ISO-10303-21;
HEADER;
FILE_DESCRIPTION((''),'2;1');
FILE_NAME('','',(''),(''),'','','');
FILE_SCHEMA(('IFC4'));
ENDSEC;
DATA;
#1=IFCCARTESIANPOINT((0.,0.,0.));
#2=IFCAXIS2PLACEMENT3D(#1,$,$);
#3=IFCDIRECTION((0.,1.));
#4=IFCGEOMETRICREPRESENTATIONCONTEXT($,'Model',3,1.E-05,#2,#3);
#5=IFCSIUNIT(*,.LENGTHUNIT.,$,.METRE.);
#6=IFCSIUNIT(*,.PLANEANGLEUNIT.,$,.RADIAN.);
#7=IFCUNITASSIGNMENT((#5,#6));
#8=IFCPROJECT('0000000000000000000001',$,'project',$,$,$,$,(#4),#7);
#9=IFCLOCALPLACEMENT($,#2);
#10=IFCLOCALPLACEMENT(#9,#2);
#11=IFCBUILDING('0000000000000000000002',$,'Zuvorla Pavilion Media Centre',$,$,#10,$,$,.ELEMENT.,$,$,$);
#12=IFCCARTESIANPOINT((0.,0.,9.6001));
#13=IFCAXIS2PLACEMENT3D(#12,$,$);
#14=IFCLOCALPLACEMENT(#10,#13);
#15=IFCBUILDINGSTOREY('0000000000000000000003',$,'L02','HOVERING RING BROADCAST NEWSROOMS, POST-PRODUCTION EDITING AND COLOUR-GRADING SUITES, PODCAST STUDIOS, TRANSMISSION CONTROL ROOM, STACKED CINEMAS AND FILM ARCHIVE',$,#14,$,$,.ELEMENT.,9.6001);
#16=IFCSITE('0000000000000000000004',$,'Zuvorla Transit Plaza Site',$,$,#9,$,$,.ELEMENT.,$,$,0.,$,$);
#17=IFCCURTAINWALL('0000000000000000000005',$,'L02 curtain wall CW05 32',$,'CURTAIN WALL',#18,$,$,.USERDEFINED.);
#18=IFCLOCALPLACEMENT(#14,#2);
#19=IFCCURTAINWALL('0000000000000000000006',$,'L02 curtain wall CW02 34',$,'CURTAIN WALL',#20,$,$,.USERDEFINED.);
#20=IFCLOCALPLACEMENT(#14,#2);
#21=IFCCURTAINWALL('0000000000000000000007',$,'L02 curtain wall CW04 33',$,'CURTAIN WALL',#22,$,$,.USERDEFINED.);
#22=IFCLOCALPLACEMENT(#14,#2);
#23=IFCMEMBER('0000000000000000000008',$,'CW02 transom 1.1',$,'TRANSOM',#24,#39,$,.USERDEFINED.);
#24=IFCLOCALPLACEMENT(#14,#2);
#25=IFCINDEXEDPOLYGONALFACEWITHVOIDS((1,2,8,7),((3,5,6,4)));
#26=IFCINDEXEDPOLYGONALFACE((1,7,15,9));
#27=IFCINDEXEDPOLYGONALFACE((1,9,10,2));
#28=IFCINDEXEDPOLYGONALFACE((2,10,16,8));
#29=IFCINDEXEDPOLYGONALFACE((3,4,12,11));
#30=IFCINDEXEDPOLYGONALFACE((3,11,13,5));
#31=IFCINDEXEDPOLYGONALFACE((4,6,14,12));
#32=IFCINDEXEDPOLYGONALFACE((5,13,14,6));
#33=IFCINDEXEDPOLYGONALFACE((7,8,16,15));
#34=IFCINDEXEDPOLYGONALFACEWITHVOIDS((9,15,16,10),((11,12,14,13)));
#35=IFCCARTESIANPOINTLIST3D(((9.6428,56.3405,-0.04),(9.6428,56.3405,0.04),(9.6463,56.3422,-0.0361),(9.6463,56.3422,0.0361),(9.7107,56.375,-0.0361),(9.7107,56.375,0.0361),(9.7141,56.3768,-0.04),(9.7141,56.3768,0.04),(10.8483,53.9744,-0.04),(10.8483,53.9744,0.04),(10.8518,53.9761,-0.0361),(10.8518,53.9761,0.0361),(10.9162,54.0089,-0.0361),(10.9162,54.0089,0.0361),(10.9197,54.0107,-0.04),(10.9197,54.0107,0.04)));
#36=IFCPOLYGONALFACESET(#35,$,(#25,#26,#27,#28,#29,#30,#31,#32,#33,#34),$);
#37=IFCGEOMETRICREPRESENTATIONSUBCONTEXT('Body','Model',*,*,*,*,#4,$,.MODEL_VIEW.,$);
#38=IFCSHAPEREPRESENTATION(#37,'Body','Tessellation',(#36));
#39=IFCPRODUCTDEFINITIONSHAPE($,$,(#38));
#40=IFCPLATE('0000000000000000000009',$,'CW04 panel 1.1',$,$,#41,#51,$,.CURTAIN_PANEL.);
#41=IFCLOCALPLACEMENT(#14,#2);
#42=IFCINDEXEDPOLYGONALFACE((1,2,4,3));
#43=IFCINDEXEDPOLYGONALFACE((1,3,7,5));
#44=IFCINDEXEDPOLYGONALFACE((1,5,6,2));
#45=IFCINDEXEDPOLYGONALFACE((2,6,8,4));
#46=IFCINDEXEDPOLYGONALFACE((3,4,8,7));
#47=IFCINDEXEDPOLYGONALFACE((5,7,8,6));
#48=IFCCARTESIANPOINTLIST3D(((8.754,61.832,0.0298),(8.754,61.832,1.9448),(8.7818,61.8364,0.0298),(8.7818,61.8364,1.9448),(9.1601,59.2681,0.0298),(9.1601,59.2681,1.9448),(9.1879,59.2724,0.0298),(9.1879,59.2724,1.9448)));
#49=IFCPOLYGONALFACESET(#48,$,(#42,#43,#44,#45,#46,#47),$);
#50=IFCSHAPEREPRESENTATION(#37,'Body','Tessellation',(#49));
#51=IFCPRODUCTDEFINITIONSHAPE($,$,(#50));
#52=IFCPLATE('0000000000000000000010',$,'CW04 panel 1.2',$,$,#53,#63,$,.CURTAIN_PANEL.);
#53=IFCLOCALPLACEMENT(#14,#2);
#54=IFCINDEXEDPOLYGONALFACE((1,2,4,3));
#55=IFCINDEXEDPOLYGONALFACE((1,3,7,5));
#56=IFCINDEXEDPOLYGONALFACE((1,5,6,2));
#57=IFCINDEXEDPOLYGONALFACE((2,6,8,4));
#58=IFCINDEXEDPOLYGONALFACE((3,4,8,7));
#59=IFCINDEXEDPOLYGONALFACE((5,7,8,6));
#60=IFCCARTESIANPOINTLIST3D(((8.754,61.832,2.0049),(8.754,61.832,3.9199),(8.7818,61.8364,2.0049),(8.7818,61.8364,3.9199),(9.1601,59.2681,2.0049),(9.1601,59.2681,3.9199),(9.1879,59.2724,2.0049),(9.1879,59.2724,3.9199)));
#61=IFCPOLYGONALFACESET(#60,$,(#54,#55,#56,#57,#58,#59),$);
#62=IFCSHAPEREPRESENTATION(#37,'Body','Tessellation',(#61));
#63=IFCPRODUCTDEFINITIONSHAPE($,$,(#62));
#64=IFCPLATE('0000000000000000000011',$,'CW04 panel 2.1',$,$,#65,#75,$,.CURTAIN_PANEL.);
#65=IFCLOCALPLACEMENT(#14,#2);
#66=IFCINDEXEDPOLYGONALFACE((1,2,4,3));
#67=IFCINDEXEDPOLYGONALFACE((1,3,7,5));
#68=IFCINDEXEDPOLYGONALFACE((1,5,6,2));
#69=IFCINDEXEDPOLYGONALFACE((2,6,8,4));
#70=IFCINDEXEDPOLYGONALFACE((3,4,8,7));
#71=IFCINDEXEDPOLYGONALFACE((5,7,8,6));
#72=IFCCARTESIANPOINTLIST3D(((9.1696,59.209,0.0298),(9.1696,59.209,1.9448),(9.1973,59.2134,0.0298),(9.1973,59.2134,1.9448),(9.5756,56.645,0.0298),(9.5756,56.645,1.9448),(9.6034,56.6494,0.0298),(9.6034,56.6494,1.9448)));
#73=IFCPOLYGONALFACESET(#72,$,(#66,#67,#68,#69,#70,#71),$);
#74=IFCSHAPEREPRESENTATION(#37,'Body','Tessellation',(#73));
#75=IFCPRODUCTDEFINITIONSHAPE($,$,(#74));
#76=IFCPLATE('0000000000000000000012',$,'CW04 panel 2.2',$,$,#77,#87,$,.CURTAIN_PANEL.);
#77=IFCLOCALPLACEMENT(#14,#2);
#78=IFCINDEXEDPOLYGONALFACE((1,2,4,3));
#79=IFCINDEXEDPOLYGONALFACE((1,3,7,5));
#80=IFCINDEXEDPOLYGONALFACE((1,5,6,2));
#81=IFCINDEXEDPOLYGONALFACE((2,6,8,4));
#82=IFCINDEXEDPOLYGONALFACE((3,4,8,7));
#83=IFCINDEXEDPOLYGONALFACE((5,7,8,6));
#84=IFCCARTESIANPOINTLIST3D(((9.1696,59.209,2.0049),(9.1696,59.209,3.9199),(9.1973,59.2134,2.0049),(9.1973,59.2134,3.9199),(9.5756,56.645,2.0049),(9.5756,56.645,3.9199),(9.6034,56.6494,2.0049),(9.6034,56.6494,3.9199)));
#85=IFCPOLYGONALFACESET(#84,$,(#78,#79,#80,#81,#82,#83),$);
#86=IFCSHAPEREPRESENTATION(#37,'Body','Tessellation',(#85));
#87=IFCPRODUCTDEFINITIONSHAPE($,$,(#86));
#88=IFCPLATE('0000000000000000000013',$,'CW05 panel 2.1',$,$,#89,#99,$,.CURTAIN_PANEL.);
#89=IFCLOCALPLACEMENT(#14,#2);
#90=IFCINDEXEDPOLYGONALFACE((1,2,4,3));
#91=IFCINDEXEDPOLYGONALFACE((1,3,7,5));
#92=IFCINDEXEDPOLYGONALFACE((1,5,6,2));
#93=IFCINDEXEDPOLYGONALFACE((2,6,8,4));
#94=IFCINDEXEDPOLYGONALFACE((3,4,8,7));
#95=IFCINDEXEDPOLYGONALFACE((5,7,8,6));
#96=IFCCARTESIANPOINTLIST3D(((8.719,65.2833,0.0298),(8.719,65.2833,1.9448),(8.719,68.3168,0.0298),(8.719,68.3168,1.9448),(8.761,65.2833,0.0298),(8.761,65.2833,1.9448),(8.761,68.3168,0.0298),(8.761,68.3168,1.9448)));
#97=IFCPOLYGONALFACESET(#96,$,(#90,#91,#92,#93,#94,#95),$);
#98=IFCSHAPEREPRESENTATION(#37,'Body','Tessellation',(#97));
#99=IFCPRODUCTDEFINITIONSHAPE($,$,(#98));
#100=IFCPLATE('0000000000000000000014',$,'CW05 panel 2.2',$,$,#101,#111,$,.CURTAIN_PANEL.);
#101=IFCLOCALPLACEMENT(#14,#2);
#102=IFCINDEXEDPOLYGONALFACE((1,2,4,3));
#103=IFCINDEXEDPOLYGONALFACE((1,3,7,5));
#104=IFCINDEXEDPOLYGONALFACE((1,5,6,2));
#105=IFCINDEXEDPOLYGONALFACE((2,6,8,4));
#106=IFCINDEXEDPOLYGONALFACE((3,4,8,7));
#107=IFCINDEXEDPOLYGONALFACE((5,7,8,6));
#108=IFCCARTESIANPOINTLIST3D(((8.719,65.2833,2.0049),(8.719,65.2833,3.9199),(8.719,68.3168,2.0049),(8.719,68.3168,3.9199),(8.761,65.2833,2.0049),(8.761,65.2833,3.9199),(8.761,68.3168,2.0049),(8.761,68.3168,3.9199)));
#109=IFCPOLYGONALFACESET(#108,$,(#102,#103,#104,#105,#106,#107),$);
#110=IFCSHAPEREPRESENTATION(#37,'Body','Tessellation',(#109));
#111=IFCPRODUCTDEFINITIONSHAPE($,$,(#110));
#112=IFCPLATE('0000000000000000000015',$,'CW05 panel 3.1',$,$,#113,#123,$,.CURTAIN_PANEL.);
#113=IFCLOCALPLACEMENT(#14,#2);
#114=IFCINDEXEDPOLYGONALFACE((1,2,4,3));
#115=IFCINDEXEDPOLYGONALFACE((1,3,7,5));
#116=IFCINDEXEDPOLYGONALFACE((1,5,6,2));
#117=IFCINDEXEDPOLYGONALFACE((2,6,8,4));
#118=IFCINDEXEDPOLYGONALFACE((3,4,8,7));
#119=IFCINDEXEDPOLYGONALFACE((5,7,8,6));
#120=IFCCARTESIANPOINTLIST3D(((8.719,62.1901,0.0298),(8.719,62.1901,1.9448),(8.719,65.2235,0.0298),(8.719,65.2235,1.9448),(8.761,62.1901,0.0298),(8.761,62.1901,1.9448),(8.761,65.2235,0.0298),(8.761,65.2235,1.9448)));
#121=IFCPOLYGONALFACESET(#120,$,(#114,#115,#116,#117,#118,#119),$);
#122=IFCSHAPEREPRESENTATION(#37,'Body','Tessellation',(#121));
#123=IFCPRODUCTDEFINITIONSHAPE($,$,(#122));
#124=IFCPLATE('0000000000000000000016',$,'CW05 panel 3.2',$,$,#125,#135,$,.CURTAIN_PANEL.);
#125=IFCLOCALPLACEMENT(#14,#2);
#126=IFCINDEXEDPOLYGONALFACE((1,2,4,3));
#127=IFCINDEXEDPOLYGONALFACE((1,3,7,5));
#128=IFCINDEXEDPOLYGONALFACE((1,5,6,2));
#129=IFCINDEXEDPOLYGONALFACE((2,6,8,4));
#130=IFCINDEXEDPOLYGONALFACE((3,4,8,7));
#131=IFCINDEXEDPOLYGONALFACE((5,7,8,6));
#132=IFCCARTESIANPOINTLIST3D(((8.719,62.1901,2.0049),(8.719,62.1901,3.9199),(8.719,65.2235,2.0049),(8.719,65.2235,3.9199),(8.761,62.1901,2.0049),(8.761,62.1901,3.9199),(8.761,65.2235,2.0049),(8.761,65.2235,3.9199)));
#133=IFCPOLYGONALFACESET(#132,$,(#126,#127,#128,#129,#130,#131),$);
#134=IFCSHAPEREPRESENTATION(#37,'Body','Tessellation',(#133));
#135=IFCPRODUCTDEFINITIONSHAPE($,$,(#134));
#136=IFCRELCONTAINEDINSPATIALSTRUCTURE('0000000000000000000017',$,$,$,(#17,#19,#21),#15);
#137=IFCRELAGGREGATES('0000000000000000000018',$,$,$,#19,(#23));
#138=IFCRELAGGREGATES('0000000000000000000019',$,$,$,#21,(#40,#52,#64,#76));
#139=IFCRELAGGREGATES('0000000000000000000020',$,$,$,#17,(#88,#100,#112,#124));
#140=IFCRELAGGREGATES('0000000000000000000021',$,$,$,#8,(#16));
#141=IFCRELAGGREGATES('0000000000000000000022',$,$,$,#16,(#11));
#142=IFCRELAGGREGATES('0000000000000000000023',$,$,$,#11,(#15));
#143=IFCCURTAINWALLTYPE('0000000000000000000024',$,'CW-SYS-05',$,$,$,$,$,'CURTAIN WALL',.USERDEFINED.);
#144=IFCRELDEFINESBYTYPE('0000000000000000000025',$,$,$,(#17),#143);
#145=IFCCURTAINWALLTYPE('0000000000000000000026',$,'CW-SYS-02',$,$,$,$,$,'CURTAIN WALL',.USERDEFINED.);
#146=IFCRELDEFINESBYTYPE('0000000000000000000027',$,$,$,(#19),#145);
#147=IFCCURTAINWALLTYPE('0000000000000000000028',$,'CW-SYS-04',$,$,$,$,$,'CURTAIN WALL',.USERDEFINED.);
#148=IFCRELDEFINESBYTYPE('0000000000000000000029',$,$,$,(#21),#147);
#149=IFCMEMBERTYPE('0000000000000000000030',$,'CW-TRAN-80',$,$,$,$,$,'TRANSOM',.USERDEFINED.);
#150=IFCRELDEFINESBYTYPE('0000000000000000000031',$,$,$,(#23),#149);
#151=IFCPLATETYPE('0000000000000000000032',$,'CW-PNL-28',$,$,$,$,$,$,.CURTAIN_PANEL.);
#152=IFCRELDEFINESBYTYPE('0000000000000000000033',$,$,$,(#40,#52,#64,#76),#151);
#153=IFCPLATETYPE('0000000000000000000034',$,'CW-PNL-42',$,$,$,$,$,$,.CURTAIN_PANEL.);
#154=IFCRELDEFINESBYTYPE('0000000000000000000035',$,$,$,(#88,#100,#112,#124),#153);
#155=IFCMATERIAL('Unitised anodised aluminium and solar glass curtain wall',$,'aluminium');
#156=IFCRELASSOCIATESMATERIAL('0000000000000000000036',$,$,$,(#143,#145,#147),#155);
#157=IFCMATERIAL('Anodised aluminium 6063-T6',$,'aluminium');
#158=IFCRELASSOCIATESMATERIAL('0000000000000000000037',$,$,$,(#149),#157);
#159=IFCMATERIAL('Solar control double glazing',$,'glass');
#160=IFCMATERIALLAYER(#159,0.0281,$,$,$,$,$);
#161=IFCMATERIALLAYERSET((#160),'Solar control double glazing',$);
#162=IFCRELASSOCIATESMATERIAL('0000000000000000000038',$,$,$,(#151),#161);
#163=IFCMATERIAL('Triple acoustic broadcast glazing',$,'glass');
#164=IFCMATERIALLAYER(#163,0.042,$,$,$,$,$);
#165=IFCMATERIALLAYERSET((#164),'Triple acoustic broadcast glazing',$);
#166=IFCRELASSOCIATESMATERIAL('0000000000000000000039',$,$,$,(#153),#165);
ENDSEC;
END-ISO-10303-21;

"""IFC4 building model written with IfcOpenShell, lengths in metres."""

from ifc_helpers import new_model, si_unit, direction, frame, origin, origin_2d, place, context, subcontext, project, spatial, rectangle, hollow_rectangle, extrude, material, layer, layer_set, material_profile, profile_set, type_object, element, aggregate, save


model = new_model("IFC4")

# Units and contexts
model_context = context("Model", 3, precision=1e-05, world=origin(), true_north=direction((0.0, 1.0)))
body_context = subcontext(model_context, "Body", "Model", "MODEL_VIEW")
ifc_project = project(units=[si_unit("LENGTHUNIT", "METRE"), si_unit("PLANEANGLEUNIT", "RADIAN")], contexts=[model_context])

# Site, building, storey
site_placement = place(None, origin())
site = spatial("IfcSite", under=ifc_project, at=site_placement, Name="Zuvorla Transit Plaza Site", CompositionType="ELEMENT", RefElevation=0.0)
building_placement = place(site_placement, origin())
building = spatial("IfcBuilding", under=site, at=building_placement, Name="Zuvorla Pavilion Media Centre", CompositionType="ELEMENT")
storey_placement = place(building_placement, frame((0.0, 0.0, 9.6001)))
storey = spatial("IfcBuildingStorey", under=building, at=storey_placement, Name="L02", Description="HOVERING RING BROADCAST NEWSROOMS, POST-PRODUCTION EDITING AND COLOUR-GRADING SUITES, PODCAST STUDIOS, TRANSMISSION CONTROL ROOM, STACKED CINEMAS AND FILM ARCHIVE", CompositionType="ELEMENT", Elevation=9.6001)

# Curtain wall
ifc_material_1 = material(Name="Unitised anodised aluminium and solar glass curtain wall", Category="aluminium")
curtain_wall_type_1 = type_object("IfcCurtainWallType", Name="CW-SYS-05", ElementType="CURTAIN WALL", PredefinedType="USERDEFINED", material=ifc_material_1)
curtain_wall_1_placement = place(storey_placement, origin())
curtain_wall_1 = element("IfcCurtainWall", 1, at=curtain_wall_1_placement, inside=storey, type_object=curtain_wall_type_1, Name="L02 curtain wall CW05 32", ObjectType="CURTAIN WALL", PredefinedType="USERDEFINED")
ifc_material_2 = material(Name="Anodised aluminium 6063-T6", Category="aluminium")

# Curtain wall
curtain_wall_type_2 = type_object("IfcCurtainWallType", Name="CW-SYS-02", ElementType="CURTAIN WALL", PredefinedType="USERDEFINED", material=ifc_material_1)
curtain_wall_2_placement = place(storey_placement, origin())
curtain_wall_2 = element("IfcCurtainWall", 2, at=curtain_wall_2_placement, inside=storey, type_object=curtain_wall_type_2, Name="L02 curtain wall CW02 34", ObjectType="CURTAIN WALL", PredefinedType="USERDEFINED")

# Curtain wall
curtain_wall_type_3 = type_object("IfcCurtainWallType", Name="CW-SYS-04", ElementType="CURTAIN WALL", PredefinedType="USERDEFINED", material=ifc_material_1)
curtain_wall_3_placement = place(storey_placement, origin())
curtain_wall_3 = element("IfcCurtainWall", 3, at=curtain_wall_3_placement, inside=storey, type_object=curtain_wall_type_3, Name="L02 curtain wall CW04 33", ObjectType="CURTAIN WALL", PredefinedType="USERDEFINED")

# Member
ifc_material_profile_1 = material_profile(ifc_material_2, hollow_rectangle(XDim=0.0801, YDim=0.0801, WallThickness=0.0039, at=origin_2d()), Name="ALU TRAN 80x80")
ifc_profile_set_1 = profile_set([ifc_material_profile_1], Name="Anodised aluminium 6063-T6")
member_type_1 = type_object("IfcMemberType", Name="CW-TRAN-80", ElementType="TRANSOM", PredefinedType="USERDEFINED", material=ifc_profile_set_1)
member_1_placement = place(storey_placement, frame((9.6785, 56.3586, 0.0), z_axis=(0.453967, -0.891018, 0.0), x_axis=(0.891018, 0.453967, 0.0)))
member_1 = element("IfcMember", 4, at=member_1_placement, type_object=member_type_1, Name="CW02 transom 1.1", ObjectType="TRANSOM", PredefinedType="USERDEFINED", context=body_context, shape_type="SweptSolid", body=[
    extrude(hollow_rectangle(XDim=0.0801, YDim=0.0801, WallThickness=0.0039, at=origin_2d()), origin(), (0.0, 0.0, 1.0), 2.6555),
])
aggregate(curtain_wall_2, [member_1])

# Plates
ifc_material_3 = material(Name="Solar control double glazing", Category="glass")
ifc_layer_1 = layer(ifc_material_3, 0.0281)
ifc_layer_set_1 = layer_set([ifc_layer_1], Name="Solar control double glazing")
plate_type_1 = type_object("IfcPlateType", Name="CW-PNL-28", PredefinedType="CURTAIN_PANEL", material=ifc_layer_set_1)
plate_1_placement = place(storey_placement, frame((8.9709, 60.5522, 0.0298), z_axis=(0.0, 0.0, 1.0), x_axis=(0.156429, -0.987689, 0.0)))
plate_1 = element("IfcPlate", 5, at=plate_1_placement, type_object=plate_type_1, Name="CW04 panel 1.1", PredefinedType="CURTAIN_PANEL", context=body_context, shape_type="SweptSolid", body=[
    extrude(rectangle(XDim=2.5959, YDim=0.0281, at=origin_2d()), origin(), (0.0, 0.0, 1.0), 1.915),
])
plate_2_placement = place(storey_placement, frame((8.9709, 60.5522, 2.0049), z_axis=(0.0, 0.0, 1.0), x_axis=(0.156429, -0.987689, 0.0)))
plate_2 = element("IfcPlate", 6, at=plate_2_placement, type_object=plate_type_1, Name="CW04 panel 1.2", PredefinedType="CURTAIN_PANEL", context=body_context, shape_type="SweptSolid", body=[
    extrude(rectangle(XDim=2.5959, YDim=0.0281, at=origin_2d()), origin(), (0.0, 0.0, 1.0), 1.915),
])
plate_3_placement = place(storey_placement, frame((9.3865, 57.9292, 0.0298), z_axis=(0.0, 0.0, 1.0), x_axis=(0.156429, -0.987689, 0.0)))
plate_3 = element("IfcPlate", 7, at=plate_3_placement, type_object=plate_type_1, Name="CW04 panel 2.1", PredefinedType="CURTAIN_PANEL", context=body_context, shape_type="SweptSolid", body=[
    extrude(rectangle(XDim=2.5959, YDim=0.0281, at=origin_2d()), origin(), (0.0, 0.0, 1.0), 1.915),
])
plate_4_placement = place(storey_placement, frame((9.3865, 57.9292, 2.0049), z_axis=(0.0, 0.0, 1.0), x_axis=(0.156429, -0.987689, 0.0)))
plate_4 = element("IfcPlate", 8, at=plate_4_placement, type_object=plate_type_1, Name="CW04 panel 2.2", PredefinedType="CURTAIN_PANEL", context=body_context, shape_type="SweptSolid", body=[
    extrude(rectangle(XDim=2.5959, YDim=0.0281, at=origin_2d()), origin(), (0.0, 0.0, 1.0), 1.915),
])
aggregate(curtain_wall_3, [plate_1, plate_2, plate_3, plate_4])
ifc_material_4 = material(Name="Triple acoustic broadcast glazing", Category="glass")
ifc_layer_2 = layer(ifc_material_4, 0.042)
ifc_layer_set_2 = layer_set([ifc_layer_2], Name="Triple acoustic broadcast glazing")
plate_type_2 = type_object("IfcPlateType", Name="CW-PNL-42", PredefinedType="CURTAIN_PANEL", material=ifc_layer_set_2)
plate_5_placement = place(storey_placement, frame((8.74, 66.8, 0.0298), z_axis=(0.0, 0.0, 1.0), x_axis=(0.0, -1.0, 0.0)))
plate_5 = element("IfcPlate", 9, at=plate_5_placement, type_object=plate_type_2, Name="CW05 panel 2.1", PredefinedType="CURTAIN_PANEL", context=body_context, shape_type="SweptSolid", body=[
    extrude(rectangle(XDim=3.0334, YDim=0.042, at=origin_2d()), origin(), (0.0, 0.0, 1.0), 1.915),
])
plate_6_placement = place(storey_placement, frame((8.74, 66.8, 2.0049), z_axis=(0.0, 0.0, 1.0), x_axis=(0.0, -1.0, 0.0)))
plate_6 = element("IfcPlate", 10, at=plate_6_placement, type_object=plate_type_2, Name="CW05 panel 2.2", PredefinedType="CURTAIN_PANEL", context=body_context, shape_type="SweptSolid", body=[
    extrude(rectangle(XDim=3.0334, YDim=0.042, at=origin_2d()), origin(), (0.0, 0.0, 1.0), 1.915),
])
plate_7_placement = place(storey_placement, frame((8.74, 63.7068, 0.0298), z_axis=(0.0, 0.0, 1.0), x_axis=(0.0, -1.0, 0.0)))
plate_7 = element("IfcPlate", 11, at=plate_7_placement, type_object=plate_type_2, Name="CW05 panel 3.1", PredefinedType="CURTAIN_PANEL", context=body_context, shape_type="SweptSolid", body=[
    extrude(rectangle(XDim=3.0334, YDim=0.042, at=origin_2d()), origin(), (0.0, 0.0, 1.0), 1.915),
])
plate_8_placement = place(storey_placement, frame((8.74, 63.7068, 2.0049), z_axis=(0.0, 0.0, 1.0), x_axis=(0.0, -1.0, 0.0)))
plate_8 = element("IfcPlate", 12, at=plate_8_placement, type_object=plate_type_2, Name="CW05 panel 3.2", PredefinedType="CURTAIN_PANEL", context=body_context, shape_type="SweptSolid", body=[
    extrude(rectangle(XDim=3.0334, YDim=0.042, at=origin_2d()), origin(), (0.0, 0.0, 1.0), 1.915),
])
aggregate(curtain_wall_1, [plate_5, plate_6, plate_7, plate_8])

save(model, "model.ifc")
